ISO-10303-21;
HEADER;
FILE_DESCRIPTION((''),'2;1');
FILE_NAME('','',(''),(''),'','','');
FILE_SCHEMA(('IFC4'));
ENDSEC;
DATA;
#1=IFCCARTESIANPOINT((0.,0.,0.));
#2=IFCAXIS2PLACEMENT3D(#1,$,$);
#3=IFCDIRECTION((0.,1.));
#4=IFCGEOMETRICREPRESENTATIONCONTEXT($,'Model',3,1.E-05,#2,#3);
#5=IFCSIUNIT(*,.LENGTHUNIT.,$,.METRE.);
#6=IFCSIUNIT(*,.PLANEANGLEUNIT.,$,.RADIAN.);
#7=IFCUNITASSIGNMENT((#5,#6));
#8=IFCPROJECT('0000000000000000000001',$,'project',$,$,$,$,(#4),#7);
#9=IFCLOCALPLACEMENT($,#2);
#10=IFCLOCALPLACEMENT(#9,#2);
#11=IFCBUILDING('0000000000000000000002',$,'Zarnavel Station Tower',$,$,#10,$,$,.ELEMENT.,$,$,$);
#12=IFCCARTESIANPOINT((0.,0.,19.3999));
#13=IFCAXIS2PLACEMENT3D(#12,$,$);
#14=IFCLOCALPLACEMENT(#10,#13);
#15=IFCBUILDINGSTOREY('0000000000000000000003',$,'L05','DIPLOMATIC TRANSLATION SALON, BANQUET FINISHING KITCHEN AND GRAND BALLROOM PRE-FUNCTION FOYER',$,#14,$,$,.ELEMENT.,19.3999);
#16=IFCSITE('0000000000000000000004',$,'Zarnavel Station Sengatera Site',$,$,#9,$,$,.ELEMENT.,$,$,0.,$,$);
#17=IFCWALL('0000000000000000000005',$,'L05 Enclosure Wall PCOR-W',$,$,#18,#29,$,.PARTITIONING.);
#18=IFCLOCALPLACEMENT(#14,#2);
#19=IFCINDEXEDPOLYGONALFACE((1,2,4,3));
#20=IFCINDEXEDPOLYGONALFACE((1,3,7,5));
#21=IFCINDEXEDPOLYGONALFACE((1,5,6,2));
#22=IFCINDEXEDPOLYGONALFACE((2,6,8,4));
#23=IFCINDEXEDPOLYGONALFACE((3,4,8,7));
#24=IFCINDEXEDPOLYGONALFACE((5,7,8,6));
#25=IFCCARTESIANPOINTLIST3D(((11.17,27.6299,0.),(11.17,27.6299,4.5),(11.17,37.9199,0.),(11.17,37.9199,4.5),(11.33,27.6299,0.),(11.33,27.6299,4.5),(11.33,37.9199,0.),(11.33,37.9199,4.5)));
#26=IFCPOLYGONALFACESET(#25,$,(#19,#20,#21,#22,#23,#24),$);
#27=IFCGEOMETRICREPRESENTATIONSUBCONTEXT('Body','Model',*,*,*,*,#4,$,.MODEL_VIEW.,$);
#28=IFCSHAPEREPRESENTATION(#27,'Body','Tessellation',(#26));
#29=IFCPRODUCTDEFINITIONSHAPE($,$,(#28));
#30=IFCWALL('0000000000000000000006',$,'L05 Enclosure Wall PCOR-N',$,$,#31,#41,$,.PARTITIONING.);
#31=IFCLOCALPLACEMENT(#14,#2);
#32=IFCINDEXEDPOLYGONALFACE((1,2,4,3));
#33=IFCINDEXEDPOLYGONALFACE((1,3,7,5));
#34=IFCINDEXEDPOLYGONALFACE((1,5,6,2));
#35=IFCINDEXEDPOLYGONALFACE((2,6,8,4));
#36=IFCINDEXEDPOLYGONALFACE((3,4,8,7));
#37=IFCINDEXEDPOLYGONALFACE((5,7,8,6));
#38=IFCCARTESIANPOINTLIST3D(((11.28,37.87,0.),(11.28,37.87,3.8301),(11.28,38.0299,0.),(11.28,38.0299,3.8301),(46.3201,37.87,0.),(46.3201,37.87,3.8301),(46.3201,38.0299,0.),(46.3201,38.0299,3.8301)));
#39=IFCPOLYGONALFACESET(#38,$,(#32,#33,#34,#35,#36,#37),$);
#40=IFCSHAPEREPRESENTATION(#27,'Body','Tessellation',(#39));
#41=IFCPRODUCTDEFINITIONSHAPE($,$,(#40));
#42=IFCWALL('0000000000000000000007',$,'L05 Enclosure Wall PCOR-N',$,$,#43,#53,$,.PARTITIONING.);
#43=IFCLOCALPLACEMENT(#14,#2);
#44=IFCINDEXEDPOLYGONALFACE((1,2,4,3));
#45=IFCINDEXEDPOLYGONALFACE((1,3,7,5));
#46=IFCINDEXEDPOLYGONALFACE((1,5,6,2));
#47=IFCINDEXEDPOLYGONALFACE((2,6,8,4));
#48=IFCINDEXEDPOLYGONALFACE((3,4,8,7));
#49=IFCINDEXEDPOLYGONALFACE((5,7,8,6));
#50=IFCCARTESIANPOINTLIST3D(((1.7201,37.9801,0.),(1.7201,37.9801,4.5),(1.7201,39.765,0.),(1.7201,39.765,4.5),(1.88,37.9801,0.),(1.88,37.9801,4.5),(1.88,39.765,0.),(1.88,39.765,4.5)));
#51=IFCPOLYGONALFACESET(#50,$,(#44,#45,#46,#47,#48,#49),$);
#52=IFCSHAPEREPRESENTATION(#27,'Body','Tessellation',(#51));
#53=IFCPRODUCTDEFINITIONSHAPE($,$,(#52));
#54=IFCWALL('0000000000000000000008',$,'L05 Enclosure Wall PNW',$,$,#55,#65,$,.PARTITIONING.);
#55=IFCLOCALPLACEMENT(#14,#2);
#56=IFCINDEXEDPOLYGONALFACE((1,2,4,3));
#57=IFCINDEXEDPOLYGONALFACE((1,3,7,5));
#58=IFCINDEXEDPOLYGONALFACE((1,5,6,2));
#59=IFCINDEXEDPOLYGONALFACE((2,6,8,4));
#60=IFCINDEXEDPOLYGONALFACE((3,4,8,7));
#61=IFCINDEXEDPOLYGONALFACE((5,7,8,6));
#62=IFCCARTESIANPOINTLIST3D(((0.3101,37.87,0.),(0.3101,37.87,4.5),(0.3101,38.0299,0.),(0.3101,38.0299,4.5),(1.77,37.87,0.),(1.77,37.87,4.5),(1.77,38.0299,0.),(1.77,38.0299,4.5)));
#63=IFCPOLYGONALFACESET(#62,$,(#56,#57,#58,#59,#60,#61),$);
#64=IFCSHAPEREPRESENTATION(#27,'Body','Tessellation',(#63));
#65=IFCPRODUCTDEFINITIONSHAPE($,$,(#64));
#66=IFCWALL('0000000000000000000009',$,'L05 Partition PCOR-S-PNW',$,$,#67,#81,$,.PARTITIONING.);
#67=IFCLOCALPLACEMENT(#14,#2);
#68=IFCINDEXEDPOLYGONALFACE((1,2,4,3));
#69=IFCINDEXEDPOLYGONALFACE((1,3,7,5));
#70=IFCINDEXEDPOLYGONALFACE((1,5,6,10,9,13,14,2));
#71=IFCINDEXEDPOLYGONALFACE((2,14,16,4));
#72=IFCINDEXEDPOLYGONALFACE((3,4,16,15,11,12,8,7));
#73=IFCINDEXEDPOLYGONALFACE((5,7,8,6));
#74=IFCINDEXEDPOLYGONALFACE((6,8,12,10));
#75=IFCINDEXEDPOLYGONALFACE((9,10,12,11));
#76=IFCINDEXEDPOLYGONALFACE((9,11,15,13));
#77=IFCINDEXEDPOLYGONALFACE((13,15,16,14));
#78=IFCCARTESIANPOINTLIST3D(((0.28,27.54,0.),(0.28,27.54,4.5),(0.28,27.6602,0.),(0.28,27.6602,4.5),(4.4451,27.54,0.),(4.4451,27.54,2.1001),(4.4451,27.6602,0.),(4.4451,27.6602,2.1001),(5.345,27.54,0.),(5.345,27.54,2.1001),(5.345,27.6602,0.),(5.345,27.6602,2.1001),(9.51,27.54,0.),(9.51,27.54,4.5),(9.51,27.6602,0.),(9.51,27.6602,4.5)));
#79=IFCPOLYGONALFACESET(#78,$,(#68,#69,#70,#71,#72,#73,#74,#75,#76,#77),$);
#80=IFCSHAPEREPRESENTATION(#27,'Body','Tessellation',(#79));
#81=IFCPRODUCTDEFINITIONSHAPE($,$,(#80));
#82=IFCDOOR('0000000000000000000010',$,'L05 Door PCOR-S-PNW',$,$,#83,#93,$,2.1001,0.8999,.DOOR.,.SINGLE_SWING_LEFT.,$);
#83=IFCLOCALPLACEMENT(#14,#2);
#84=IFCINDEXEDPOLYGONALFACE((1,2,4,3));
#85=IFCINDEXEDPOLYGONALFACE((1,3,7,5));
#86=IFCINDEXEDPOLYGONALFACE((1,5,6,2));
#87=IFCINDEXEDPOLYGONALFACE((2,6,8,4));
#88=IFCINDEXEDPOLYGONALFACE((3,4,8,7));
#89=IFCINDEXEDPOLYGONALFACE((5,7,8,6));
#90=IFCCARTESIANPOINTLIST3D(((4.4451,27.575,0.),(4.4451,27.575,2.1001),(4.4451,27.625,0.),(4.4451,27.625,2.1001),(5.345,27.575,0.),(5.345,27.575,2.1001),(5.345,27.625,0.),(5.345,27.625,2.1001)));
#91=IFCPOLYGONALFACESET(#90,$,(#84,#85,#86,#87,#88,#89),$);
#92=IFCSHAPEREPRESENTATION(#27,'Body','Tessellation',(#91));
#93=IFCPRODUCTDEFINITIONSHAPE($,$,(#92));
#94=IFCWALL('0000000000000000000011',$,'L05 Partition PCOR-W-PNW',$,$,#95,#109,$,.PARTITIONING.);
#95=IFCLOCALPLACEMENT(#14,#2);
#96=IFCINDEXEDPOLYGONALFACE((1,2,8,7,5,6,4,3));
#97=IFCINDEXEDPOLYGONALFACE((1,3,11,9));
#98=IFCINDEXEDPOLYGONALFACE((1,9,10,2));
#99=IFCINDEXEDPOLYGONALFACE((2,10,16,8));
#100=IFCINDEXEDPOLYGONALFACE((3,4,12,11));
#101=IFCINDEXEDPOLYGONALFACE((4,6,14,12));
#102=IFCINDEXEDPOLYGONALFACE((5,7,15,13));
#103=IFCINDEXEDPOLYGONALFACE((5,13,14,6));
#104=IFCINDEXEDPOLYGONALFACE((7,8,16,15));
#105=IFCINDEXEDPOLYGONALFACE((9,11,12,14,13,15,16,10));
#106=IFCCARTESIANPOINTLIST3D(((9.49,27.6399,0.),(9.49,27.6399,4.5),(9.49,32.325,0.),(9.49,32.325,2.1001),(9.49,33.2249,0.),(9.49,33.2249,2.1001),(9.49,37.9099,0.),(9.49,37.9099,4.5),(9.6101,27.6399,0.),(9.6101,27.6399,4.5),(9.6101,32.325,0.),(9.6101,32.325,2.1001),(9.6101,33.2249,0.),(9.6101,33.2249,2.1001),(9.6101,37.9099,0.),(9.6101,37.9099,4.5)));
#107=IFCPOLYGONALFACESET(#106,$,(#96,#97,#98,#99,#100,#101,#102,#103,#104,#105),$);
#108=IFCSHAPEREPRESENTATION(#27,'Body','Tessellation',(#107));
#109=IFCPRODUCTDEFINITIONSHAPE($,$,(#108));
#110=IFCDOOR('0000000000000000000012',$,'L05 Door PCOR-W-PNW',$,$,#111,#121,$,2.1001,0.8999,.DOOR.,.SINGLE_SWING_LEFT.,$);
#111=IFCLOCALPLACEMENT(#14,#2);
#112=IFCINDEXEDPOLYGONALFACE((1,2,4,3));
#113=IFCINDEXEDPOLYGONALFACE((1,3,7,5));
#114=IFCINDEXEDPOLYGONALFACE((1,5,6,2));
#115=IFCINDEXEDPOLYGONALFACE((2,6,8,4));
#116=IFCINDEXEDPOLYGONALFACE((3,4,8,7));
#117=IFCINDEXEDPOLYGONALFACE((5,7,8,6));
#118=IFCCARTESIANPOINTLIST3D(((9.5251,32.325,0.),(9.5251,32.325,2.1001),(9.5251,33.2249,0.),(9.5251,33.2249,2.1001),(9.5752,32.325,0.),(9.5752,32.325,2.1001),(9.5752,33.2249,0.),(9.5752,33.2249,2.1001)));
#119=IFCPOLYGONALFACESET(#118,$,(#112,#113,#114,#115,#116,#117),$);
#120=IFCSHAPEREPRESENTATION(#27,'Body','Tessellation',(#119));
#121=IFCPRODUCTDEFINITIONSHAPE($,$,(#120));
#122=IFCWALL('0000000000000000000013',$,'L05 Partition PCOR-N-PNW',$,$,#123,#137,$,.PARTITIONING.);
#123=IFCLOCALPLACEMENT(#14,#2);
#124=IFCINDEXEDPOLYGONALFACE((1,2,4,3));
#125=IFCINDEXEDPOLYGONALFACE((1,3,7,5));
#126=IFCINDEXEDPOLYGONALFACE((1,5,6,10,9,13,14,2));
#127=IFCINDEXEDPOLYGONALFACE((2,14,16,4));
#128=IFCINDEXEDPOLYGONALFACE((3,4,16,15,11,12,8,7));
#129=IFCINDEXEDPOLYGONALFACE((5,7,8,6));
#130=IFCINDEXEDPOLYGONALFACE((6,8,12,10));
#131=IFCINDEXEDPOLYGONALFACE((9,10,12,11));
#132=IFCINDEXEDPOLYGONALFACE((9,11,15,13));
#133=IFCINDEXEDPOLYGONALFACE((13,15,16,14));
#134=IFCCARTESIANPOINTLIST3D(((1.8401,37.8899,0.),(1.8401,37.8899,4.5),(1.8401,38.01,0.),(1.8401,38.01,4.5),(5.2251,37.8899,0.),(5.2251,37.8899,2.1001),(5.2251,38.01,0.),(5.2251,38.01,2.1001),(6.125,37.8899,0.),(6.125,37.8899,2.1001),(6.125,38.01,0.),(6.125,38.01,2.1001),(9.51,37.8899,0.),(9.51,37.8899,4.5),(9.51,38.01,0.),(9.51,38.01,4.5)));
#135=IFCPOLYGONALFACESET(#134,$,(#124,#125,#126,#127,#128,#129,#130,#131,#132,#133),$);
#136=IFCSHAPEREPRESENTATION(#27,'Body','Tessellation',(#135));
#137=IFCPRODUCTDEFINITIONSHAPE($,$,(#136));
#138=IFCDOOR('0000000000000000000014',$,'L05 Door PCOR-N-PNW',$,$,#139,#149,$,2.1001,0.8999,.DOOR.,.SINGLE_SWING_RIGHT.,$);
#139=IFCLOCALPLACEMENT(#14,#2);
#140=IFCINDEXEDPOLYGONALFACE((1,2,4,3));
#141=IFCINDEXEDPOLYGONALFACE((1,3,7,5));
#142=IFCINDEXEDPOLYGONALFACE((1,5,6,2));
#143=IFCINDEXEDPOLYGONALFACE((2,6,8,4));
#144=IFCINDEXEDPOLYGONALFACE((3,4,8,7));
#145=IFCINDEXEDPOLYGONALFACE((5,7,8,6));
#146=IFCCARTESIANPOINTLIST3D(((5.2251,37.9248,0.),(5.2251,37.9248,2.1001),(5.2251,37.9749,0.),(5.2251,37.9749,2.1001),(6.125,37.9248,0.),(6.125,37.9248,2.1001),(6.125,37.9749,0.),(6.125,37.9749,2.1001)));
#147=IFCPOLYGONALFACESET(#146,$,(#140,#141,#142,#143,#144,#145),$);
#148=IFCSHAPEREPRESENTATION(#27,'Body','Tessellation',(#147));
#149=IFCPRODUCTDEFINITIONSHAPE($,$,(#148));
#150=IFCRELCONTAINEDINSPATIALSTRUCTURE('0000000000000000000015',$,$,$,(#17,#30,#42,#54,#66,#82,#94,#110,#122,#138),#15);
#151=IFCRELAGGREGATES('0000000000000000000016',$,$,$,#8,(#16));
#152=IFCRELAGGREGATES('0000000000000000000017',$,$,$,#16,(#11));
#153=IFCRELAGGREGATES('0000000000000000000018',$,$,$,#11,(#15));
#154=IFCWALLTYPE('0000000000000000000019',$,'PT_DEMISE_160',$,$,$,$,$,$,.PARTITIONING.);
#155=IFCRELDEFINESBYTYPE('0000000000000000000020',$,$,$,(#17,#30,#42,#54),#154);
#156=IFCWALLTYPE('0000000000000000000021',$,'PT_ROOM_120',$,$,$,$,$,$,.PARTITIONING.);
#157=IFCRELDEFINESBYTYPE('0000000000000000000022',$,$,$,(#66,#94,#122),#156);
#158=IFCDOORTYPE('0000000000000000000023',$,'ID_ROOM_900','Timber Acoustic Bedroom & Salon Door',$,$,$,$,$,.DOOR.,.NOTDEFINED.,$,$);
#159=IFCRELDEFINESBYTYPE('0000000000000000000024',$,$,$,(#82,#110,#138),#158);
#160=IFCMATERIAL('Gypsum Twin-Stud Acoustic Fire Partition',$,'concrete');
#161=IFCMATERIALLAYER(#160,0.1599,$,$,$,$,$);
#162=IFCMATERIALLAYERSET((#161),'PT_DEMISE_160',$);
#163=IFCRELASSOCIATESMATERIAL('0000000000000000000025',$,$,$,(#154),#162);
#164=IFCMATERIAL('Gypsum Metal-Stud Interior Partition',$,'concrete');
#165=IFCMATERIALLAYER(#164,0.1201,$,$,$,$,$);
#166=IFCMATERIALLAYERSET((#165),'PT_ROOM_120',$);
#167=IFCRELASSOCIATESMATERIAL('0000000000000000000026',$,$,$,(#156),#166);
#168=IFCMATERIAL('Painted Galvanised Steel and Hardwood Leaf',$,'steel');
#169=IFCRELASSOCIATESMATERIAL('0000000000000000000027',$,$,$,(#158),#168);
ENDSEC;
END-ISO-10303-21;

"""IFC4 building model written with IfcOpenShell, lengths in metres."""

from ifc_helpers import new_model, si_unit, direction, frame, frame_2d, origin, place, context, subcontext, project, spatial, rectangle, extrude, material, layer, layer_set, type_object, element, fill, save


model = new_model("IFC4")

# Units and contexts
model_context = context("Model", 3, precision=1e-05, world=origin(), true_north=direction((0.0, 1.0)))
body_context = subcontext(model_context, "Body", "Model", "MODEL_VIEW")
ifc_project = project(units=[si_unit("LENGTHUNIT", "METRE"), si_unit("PLANEANGLEUNIT", "RADIAN")], contexts=[model_context])

# Site, building, storey
site_placement = place(None, origin())
site = spatial("IfcSite", under=ifc_project, at=site_placement, Name="Zarnavel Station Sengatera Site", CompositionType="ELEMENT", RefElevation=0.0)
building_placement = place(site_placement, origin())
building = spatial("IfcBuilding", under=site, at=building_placement, Name="Zarnavel Station Tower", CompositionType="ELEMENT")
storey_placement = place(building_placement, frame((0.0, 0.0, 19.3999)))
storey = spatial("IfcBuildingStorey", under=building, at=storey_placement, Name="L05", Description="DIPLOMATIC TRANSLATION SALON, BANQUET FINISHING KITCHEN AND GRAND BALLROOM PRE-FUNCTION FOYER", CompositionType="ELEMENT", Elevation=19.3999)

# Shared definitions
ifc_material_1 = material(Name="Gypsum Twin-Stud Acoustic Fire Partition", Category="concrete")
ifc_layer_1 = layer(ifc_material_1, 0.1599)
ifc_layer_set_1 = layer_set([ifc_layer_1], Name="PT_DEMISE_160")
wall_type_1 = type_object("IfcWallType", Name="PT_DEMISE_160", PredefinedType="PARTITIONING", material=ifc_layer_set_1)

# Walls
wall_1_placement = place(storey_placement, frame((11.25, 27.6299, 0.0), z_axis=(0.0, 0.0, 1.0), x_axis=(0.0, 1.0, 0.0)))
element("IfcWall", 1, at=wall_1_placement, inside=storey, type_object=wall_type_1, Name="L05 Enclosure Wall PCOR-W", PredefinedType="PARTITIONING", context=body_context, shape_type="SweptSolid", body=[
    extrude(rectangle(XDim=10.29, YDim=0.1599, at=frame_2d((5.145, 0.0))), origin(), (0.0, 0.0, 1.0), 4.5),
])
wall_2_placement = place(storey_placement, frame((11.28, 37.95, 0.0), z_axis=(0.0, 0.0, 1.0), x_axis=(1.0, 0.0, 0.0)))
element("IfcWall", 2, at=wall_2_placement, inside=storey, type_object=wall_type_1, Name="L05 Enclosure Wall PCOR-N", PredefinedType="PARTITIONING", context=body_context, shape_type="SweptSolid", body=[
    extrude(rectangle(XDim=35.04, YDim=0.1599, at=frame_2d((17.52, 0.0))), origin(), (0.0, 0.0, 1.0), 3.8301),
])
wall_3_placement = place(storey_placement, frame((1.8, 37.98, 0.0), z_axis=(0.0, 0.0, 1.0), x_axis=(0.0, 1.0, 0.0)))
element("IfcWall", 3, at=wall_3_placement, inside=storey, type_object=wall_type_1, Name="L05 Enclosure Wall PCOR-N", PredefinedType="PARTITIONING", context=body_context, shape_type="SweptSolid", body=[
    extrude(rectangle(XDim=1.7849, YDim=0.1599, at=frame_2d((0.8926, 0.0))), origin(), (0.0, 0.0, 1.0), 4.5),
])
wall_4_placement = place(storey_placement, frame((0.3101, 37.95, 0.0), z_axis=(0.0, 0.0, 1.0), x_axis=(1.0, 0.0, 0.0)))
element("IfcWall", 4, at=wall_4_placement, inside=storey, type_object=wall_type_1, Name="L05 Enclosure Wall PNW", PredefinedType="PARTITIONING", context=body_context, shape_type="SweptSolid", body=[
    extrude(rectangle(XDim=1.46, YDim=0.1599, at=frame_2d((0.73, 0.0))), origin(), (0.0, 0.0, 1.0), 4.5),
])

# Walls, openings, doors
ifc_material_2 = material(Name="Gypsum Metal-Stud Interior Partition", Category="concrete")
ifc_layer_2 = layer(ifc_material_2, 0.1201)
ifc_layer_set_2 = layer_set([ifc_layer_2], Name="PT_ROOM_120")
wall_type_2 = type_object("IfcWallType", Name="PT_ROOM_120", PredefinedType="PARTITIONING", material=ifc_layer_set_2)
wall_5_placement = place(storey_placement, frame((0.28, 27.6001, 0.0), z_axis=(0.0, 0.0, 1.0), x_axis=(1.0, 0.0, 0.0)))
wall_5 = element("IfcWall", 5, at=wall_5_placement, inside=storey, type_object=wall_type_2, Name="L05 Partition PCOR-S-PNW", PredefinedType="PARTITIONING", context=body_context, shape_type="SweptSolid", body=[
    extrude(rectangle(XDim=9.23, YDim=0.1201, at=frame_2d((4.615, 0.0))), origin(), (0.0, 0.0, 1.0), 4.5),
])
opening_1_placement = place(wall_5_placement, frame((4.165, 0.0, 0.0)))
opening_1 = element("IfcOpeningElement", 6, at=opening_1_placement, cuts=wall_5, PredefinedType="OPENING", context=body_context, shape_type="SweptSolid", body=[
    extrude(rectangle(XDim=0.8999, YDim=2.1001, at=frame_2d((0.45, 1.05))), frame((0.0, 0.0701, 0.0), z_axis=(0.0, -1.0, 0.0), x_axis=(1.0, 0.0, 0.0)), (0.0, 0.0, 1.0), 0.1401),
])
ifc_material_3 = material(Name="Painted Galvanised Steel and Hardwood Leaf", Category="steel")
door_type_1 = type_object("IfcDoorType", Name="ID_ROOM_900", Description="Timber Acoustic Bedroom & Salon Door", OperationType="NOTDEFINED", PredefinedType="DOOR", material=ifc_material_3)
door_1_placement = place(opening_1_placement, origin())
door_1 = element("IfcDoor", 7, at=door_1_placement, inside=storey, type_object=door_type_1, Name="L05 Door PCOR-S-PNW", OperationType="SINGLE_SWING_LEFT", OverallHeight=2.1001, OverallWidth=0.8999, PredefinedType="DOOR", context=body_context, shape_type="SweptSolid", body=[
    extrude(rectangle(XDim=0.8999, YDim=2.1001, at=frame_2d((0.45, 1.05))), frame((0.0, 0.0249, 0.0), z_axis=(0.0, -1.0, 0.0), x_axis=(1.0, 0.0, 0.0)), (0.0, 0.0, 1.0), 0.05),
])
fill(opening_1, door_1)
wall_6_placement = place(storey_placement, frame((9.55, 27.6399, 0.0), z_axis=(0.0, 0.0, 1.0), x_axis=(0.0, 1.0, 0.0)))
wall_6 = element("IfcWall", 8, at=wall_6_placement, inside=storey, type_object=wall_type_2, Name="L05 Partition PCOR-W-PNW", PredefinedType="PARTITIONING", context=body_context, shape_type="SweptSolid", body=[
    extrude(rectangle(XDim=10.27, YDim=0.1201, at=frame_2d((5.135, 0.0))), origin(), (0.0, 0.0, 1.0), 4.5),
])
opening_2_placement = place(wall_6_placement, frame((4.6851, 0.0, 0.0)))
opening_2 = element("IfcOpeningElement", 9, at=opening_2_placement, cuts=wall_6, PredefinedType="OPENING", context=body_context, shape_type="SweptSolid", body=[
    extrude(rectangle(XDim=0.8999, YDim=2.1001, at=frame_2d((0.45, 1.05))), frame((0.0, 0.0701, 0.0), z_axis=(0.0, -1.0, 0.0), x_axis=(1.0, 0.0, 0.0)), (0.0, 0.0, 1.0), 0.1401),
])
door_2_placement = place(opening_2_placement, origin())
door_2 = element("IfcDoor", 10, at=door_2_placement, inside=storey, type_object=door_type_1, Name="L05 Door PCOR-W-PNW", OperationType="SINGLE_SWING_LEFT", OverallHeight=2.1001, OverallWidth=0.8999, PredefinedType="DOOR", context=body_context, shape_type="SweptSolid", body=[
    extrude(rectangle(XDim=0.8999, YDim=2.1001, at=frame_2d((0.45, 1.05))), frame((0.0, 0.0249, 0.0), z_axis=(0.0, -1.0, 0.0), x_axis=(1.0, 0.0, 0.0)), (0.0, 0.0, 1.0), 0.05),
])
fill(opening_2, door_2)
wall_7_placement = place(storey_placement, frame((1.8401, 37.95, 0.0), z_axis=(0.0, 0.0, 1.0), x_axis=(1.0, 0.0, 0.0)))
wall_7 = element("IfcWall", 11, at=wall_7_placement, inside=storey, type_object=wall_type_2, Name="L05 Partition PCOR-N-PNW", PredefinedType="PARTITIONING", context=body_context, shape_type="SweptSolid", body=[
    extrude(rectangle(XDim=7.6699, YDim=0.1201, at=frame_2d((3.835, 0.0))), origin(), (0.0, 0.0, 1.0), 4.5),
])
opening_3_placement = place(wall_7_placement, frame((3.385, 0.0, 0.0)))
opening_3 = element("IfcOpeningElement", 12, at=opening_3_placement, cuts=wall_7, PredefinedType="OPENING", context=body_context, shape_type="SweptSolid", body=[
    extrude(rectangle(XDim=0.8999, YDim=2.1001, at=frame_2d((0.45, 1.05))), frame((0.0, 0.0701, 0.0), z_axis=(0.0, -1.0, 0.0), x_axis=(1.0, 0.0, 0.0)), (0.0, 0.0, 1.0), 0.1401),
])
door_3_placement = place(opening_3_placement, origin())
door_3 = element("IfcDoor", 13, at=door_3_placement, inside=storey, type_object=door_type_1, Name="L05 Door PCOR-N-PNW", OperationType="SINGLE_SWING_RIGHT", OverallHeight=2.1001, OverallWidth=0.8999, PredefinedType="DOOR", context=body_context, shape_type="SweptSolid", body=[
    extrude(rectangle(XDim=0.8999, YDim=2.1001, at=frame_2d((0.45, 1.05))), frame((0.0, 0.0249, 0.0), z_axis=(0.0, -1.0, 0.0), x_axis=(1.0, 0.0, 0.0)), (0.0, 0.0, 1.0), 0.05),
])
fill(opening_3, door_3)

save(model, "model.ifc")
